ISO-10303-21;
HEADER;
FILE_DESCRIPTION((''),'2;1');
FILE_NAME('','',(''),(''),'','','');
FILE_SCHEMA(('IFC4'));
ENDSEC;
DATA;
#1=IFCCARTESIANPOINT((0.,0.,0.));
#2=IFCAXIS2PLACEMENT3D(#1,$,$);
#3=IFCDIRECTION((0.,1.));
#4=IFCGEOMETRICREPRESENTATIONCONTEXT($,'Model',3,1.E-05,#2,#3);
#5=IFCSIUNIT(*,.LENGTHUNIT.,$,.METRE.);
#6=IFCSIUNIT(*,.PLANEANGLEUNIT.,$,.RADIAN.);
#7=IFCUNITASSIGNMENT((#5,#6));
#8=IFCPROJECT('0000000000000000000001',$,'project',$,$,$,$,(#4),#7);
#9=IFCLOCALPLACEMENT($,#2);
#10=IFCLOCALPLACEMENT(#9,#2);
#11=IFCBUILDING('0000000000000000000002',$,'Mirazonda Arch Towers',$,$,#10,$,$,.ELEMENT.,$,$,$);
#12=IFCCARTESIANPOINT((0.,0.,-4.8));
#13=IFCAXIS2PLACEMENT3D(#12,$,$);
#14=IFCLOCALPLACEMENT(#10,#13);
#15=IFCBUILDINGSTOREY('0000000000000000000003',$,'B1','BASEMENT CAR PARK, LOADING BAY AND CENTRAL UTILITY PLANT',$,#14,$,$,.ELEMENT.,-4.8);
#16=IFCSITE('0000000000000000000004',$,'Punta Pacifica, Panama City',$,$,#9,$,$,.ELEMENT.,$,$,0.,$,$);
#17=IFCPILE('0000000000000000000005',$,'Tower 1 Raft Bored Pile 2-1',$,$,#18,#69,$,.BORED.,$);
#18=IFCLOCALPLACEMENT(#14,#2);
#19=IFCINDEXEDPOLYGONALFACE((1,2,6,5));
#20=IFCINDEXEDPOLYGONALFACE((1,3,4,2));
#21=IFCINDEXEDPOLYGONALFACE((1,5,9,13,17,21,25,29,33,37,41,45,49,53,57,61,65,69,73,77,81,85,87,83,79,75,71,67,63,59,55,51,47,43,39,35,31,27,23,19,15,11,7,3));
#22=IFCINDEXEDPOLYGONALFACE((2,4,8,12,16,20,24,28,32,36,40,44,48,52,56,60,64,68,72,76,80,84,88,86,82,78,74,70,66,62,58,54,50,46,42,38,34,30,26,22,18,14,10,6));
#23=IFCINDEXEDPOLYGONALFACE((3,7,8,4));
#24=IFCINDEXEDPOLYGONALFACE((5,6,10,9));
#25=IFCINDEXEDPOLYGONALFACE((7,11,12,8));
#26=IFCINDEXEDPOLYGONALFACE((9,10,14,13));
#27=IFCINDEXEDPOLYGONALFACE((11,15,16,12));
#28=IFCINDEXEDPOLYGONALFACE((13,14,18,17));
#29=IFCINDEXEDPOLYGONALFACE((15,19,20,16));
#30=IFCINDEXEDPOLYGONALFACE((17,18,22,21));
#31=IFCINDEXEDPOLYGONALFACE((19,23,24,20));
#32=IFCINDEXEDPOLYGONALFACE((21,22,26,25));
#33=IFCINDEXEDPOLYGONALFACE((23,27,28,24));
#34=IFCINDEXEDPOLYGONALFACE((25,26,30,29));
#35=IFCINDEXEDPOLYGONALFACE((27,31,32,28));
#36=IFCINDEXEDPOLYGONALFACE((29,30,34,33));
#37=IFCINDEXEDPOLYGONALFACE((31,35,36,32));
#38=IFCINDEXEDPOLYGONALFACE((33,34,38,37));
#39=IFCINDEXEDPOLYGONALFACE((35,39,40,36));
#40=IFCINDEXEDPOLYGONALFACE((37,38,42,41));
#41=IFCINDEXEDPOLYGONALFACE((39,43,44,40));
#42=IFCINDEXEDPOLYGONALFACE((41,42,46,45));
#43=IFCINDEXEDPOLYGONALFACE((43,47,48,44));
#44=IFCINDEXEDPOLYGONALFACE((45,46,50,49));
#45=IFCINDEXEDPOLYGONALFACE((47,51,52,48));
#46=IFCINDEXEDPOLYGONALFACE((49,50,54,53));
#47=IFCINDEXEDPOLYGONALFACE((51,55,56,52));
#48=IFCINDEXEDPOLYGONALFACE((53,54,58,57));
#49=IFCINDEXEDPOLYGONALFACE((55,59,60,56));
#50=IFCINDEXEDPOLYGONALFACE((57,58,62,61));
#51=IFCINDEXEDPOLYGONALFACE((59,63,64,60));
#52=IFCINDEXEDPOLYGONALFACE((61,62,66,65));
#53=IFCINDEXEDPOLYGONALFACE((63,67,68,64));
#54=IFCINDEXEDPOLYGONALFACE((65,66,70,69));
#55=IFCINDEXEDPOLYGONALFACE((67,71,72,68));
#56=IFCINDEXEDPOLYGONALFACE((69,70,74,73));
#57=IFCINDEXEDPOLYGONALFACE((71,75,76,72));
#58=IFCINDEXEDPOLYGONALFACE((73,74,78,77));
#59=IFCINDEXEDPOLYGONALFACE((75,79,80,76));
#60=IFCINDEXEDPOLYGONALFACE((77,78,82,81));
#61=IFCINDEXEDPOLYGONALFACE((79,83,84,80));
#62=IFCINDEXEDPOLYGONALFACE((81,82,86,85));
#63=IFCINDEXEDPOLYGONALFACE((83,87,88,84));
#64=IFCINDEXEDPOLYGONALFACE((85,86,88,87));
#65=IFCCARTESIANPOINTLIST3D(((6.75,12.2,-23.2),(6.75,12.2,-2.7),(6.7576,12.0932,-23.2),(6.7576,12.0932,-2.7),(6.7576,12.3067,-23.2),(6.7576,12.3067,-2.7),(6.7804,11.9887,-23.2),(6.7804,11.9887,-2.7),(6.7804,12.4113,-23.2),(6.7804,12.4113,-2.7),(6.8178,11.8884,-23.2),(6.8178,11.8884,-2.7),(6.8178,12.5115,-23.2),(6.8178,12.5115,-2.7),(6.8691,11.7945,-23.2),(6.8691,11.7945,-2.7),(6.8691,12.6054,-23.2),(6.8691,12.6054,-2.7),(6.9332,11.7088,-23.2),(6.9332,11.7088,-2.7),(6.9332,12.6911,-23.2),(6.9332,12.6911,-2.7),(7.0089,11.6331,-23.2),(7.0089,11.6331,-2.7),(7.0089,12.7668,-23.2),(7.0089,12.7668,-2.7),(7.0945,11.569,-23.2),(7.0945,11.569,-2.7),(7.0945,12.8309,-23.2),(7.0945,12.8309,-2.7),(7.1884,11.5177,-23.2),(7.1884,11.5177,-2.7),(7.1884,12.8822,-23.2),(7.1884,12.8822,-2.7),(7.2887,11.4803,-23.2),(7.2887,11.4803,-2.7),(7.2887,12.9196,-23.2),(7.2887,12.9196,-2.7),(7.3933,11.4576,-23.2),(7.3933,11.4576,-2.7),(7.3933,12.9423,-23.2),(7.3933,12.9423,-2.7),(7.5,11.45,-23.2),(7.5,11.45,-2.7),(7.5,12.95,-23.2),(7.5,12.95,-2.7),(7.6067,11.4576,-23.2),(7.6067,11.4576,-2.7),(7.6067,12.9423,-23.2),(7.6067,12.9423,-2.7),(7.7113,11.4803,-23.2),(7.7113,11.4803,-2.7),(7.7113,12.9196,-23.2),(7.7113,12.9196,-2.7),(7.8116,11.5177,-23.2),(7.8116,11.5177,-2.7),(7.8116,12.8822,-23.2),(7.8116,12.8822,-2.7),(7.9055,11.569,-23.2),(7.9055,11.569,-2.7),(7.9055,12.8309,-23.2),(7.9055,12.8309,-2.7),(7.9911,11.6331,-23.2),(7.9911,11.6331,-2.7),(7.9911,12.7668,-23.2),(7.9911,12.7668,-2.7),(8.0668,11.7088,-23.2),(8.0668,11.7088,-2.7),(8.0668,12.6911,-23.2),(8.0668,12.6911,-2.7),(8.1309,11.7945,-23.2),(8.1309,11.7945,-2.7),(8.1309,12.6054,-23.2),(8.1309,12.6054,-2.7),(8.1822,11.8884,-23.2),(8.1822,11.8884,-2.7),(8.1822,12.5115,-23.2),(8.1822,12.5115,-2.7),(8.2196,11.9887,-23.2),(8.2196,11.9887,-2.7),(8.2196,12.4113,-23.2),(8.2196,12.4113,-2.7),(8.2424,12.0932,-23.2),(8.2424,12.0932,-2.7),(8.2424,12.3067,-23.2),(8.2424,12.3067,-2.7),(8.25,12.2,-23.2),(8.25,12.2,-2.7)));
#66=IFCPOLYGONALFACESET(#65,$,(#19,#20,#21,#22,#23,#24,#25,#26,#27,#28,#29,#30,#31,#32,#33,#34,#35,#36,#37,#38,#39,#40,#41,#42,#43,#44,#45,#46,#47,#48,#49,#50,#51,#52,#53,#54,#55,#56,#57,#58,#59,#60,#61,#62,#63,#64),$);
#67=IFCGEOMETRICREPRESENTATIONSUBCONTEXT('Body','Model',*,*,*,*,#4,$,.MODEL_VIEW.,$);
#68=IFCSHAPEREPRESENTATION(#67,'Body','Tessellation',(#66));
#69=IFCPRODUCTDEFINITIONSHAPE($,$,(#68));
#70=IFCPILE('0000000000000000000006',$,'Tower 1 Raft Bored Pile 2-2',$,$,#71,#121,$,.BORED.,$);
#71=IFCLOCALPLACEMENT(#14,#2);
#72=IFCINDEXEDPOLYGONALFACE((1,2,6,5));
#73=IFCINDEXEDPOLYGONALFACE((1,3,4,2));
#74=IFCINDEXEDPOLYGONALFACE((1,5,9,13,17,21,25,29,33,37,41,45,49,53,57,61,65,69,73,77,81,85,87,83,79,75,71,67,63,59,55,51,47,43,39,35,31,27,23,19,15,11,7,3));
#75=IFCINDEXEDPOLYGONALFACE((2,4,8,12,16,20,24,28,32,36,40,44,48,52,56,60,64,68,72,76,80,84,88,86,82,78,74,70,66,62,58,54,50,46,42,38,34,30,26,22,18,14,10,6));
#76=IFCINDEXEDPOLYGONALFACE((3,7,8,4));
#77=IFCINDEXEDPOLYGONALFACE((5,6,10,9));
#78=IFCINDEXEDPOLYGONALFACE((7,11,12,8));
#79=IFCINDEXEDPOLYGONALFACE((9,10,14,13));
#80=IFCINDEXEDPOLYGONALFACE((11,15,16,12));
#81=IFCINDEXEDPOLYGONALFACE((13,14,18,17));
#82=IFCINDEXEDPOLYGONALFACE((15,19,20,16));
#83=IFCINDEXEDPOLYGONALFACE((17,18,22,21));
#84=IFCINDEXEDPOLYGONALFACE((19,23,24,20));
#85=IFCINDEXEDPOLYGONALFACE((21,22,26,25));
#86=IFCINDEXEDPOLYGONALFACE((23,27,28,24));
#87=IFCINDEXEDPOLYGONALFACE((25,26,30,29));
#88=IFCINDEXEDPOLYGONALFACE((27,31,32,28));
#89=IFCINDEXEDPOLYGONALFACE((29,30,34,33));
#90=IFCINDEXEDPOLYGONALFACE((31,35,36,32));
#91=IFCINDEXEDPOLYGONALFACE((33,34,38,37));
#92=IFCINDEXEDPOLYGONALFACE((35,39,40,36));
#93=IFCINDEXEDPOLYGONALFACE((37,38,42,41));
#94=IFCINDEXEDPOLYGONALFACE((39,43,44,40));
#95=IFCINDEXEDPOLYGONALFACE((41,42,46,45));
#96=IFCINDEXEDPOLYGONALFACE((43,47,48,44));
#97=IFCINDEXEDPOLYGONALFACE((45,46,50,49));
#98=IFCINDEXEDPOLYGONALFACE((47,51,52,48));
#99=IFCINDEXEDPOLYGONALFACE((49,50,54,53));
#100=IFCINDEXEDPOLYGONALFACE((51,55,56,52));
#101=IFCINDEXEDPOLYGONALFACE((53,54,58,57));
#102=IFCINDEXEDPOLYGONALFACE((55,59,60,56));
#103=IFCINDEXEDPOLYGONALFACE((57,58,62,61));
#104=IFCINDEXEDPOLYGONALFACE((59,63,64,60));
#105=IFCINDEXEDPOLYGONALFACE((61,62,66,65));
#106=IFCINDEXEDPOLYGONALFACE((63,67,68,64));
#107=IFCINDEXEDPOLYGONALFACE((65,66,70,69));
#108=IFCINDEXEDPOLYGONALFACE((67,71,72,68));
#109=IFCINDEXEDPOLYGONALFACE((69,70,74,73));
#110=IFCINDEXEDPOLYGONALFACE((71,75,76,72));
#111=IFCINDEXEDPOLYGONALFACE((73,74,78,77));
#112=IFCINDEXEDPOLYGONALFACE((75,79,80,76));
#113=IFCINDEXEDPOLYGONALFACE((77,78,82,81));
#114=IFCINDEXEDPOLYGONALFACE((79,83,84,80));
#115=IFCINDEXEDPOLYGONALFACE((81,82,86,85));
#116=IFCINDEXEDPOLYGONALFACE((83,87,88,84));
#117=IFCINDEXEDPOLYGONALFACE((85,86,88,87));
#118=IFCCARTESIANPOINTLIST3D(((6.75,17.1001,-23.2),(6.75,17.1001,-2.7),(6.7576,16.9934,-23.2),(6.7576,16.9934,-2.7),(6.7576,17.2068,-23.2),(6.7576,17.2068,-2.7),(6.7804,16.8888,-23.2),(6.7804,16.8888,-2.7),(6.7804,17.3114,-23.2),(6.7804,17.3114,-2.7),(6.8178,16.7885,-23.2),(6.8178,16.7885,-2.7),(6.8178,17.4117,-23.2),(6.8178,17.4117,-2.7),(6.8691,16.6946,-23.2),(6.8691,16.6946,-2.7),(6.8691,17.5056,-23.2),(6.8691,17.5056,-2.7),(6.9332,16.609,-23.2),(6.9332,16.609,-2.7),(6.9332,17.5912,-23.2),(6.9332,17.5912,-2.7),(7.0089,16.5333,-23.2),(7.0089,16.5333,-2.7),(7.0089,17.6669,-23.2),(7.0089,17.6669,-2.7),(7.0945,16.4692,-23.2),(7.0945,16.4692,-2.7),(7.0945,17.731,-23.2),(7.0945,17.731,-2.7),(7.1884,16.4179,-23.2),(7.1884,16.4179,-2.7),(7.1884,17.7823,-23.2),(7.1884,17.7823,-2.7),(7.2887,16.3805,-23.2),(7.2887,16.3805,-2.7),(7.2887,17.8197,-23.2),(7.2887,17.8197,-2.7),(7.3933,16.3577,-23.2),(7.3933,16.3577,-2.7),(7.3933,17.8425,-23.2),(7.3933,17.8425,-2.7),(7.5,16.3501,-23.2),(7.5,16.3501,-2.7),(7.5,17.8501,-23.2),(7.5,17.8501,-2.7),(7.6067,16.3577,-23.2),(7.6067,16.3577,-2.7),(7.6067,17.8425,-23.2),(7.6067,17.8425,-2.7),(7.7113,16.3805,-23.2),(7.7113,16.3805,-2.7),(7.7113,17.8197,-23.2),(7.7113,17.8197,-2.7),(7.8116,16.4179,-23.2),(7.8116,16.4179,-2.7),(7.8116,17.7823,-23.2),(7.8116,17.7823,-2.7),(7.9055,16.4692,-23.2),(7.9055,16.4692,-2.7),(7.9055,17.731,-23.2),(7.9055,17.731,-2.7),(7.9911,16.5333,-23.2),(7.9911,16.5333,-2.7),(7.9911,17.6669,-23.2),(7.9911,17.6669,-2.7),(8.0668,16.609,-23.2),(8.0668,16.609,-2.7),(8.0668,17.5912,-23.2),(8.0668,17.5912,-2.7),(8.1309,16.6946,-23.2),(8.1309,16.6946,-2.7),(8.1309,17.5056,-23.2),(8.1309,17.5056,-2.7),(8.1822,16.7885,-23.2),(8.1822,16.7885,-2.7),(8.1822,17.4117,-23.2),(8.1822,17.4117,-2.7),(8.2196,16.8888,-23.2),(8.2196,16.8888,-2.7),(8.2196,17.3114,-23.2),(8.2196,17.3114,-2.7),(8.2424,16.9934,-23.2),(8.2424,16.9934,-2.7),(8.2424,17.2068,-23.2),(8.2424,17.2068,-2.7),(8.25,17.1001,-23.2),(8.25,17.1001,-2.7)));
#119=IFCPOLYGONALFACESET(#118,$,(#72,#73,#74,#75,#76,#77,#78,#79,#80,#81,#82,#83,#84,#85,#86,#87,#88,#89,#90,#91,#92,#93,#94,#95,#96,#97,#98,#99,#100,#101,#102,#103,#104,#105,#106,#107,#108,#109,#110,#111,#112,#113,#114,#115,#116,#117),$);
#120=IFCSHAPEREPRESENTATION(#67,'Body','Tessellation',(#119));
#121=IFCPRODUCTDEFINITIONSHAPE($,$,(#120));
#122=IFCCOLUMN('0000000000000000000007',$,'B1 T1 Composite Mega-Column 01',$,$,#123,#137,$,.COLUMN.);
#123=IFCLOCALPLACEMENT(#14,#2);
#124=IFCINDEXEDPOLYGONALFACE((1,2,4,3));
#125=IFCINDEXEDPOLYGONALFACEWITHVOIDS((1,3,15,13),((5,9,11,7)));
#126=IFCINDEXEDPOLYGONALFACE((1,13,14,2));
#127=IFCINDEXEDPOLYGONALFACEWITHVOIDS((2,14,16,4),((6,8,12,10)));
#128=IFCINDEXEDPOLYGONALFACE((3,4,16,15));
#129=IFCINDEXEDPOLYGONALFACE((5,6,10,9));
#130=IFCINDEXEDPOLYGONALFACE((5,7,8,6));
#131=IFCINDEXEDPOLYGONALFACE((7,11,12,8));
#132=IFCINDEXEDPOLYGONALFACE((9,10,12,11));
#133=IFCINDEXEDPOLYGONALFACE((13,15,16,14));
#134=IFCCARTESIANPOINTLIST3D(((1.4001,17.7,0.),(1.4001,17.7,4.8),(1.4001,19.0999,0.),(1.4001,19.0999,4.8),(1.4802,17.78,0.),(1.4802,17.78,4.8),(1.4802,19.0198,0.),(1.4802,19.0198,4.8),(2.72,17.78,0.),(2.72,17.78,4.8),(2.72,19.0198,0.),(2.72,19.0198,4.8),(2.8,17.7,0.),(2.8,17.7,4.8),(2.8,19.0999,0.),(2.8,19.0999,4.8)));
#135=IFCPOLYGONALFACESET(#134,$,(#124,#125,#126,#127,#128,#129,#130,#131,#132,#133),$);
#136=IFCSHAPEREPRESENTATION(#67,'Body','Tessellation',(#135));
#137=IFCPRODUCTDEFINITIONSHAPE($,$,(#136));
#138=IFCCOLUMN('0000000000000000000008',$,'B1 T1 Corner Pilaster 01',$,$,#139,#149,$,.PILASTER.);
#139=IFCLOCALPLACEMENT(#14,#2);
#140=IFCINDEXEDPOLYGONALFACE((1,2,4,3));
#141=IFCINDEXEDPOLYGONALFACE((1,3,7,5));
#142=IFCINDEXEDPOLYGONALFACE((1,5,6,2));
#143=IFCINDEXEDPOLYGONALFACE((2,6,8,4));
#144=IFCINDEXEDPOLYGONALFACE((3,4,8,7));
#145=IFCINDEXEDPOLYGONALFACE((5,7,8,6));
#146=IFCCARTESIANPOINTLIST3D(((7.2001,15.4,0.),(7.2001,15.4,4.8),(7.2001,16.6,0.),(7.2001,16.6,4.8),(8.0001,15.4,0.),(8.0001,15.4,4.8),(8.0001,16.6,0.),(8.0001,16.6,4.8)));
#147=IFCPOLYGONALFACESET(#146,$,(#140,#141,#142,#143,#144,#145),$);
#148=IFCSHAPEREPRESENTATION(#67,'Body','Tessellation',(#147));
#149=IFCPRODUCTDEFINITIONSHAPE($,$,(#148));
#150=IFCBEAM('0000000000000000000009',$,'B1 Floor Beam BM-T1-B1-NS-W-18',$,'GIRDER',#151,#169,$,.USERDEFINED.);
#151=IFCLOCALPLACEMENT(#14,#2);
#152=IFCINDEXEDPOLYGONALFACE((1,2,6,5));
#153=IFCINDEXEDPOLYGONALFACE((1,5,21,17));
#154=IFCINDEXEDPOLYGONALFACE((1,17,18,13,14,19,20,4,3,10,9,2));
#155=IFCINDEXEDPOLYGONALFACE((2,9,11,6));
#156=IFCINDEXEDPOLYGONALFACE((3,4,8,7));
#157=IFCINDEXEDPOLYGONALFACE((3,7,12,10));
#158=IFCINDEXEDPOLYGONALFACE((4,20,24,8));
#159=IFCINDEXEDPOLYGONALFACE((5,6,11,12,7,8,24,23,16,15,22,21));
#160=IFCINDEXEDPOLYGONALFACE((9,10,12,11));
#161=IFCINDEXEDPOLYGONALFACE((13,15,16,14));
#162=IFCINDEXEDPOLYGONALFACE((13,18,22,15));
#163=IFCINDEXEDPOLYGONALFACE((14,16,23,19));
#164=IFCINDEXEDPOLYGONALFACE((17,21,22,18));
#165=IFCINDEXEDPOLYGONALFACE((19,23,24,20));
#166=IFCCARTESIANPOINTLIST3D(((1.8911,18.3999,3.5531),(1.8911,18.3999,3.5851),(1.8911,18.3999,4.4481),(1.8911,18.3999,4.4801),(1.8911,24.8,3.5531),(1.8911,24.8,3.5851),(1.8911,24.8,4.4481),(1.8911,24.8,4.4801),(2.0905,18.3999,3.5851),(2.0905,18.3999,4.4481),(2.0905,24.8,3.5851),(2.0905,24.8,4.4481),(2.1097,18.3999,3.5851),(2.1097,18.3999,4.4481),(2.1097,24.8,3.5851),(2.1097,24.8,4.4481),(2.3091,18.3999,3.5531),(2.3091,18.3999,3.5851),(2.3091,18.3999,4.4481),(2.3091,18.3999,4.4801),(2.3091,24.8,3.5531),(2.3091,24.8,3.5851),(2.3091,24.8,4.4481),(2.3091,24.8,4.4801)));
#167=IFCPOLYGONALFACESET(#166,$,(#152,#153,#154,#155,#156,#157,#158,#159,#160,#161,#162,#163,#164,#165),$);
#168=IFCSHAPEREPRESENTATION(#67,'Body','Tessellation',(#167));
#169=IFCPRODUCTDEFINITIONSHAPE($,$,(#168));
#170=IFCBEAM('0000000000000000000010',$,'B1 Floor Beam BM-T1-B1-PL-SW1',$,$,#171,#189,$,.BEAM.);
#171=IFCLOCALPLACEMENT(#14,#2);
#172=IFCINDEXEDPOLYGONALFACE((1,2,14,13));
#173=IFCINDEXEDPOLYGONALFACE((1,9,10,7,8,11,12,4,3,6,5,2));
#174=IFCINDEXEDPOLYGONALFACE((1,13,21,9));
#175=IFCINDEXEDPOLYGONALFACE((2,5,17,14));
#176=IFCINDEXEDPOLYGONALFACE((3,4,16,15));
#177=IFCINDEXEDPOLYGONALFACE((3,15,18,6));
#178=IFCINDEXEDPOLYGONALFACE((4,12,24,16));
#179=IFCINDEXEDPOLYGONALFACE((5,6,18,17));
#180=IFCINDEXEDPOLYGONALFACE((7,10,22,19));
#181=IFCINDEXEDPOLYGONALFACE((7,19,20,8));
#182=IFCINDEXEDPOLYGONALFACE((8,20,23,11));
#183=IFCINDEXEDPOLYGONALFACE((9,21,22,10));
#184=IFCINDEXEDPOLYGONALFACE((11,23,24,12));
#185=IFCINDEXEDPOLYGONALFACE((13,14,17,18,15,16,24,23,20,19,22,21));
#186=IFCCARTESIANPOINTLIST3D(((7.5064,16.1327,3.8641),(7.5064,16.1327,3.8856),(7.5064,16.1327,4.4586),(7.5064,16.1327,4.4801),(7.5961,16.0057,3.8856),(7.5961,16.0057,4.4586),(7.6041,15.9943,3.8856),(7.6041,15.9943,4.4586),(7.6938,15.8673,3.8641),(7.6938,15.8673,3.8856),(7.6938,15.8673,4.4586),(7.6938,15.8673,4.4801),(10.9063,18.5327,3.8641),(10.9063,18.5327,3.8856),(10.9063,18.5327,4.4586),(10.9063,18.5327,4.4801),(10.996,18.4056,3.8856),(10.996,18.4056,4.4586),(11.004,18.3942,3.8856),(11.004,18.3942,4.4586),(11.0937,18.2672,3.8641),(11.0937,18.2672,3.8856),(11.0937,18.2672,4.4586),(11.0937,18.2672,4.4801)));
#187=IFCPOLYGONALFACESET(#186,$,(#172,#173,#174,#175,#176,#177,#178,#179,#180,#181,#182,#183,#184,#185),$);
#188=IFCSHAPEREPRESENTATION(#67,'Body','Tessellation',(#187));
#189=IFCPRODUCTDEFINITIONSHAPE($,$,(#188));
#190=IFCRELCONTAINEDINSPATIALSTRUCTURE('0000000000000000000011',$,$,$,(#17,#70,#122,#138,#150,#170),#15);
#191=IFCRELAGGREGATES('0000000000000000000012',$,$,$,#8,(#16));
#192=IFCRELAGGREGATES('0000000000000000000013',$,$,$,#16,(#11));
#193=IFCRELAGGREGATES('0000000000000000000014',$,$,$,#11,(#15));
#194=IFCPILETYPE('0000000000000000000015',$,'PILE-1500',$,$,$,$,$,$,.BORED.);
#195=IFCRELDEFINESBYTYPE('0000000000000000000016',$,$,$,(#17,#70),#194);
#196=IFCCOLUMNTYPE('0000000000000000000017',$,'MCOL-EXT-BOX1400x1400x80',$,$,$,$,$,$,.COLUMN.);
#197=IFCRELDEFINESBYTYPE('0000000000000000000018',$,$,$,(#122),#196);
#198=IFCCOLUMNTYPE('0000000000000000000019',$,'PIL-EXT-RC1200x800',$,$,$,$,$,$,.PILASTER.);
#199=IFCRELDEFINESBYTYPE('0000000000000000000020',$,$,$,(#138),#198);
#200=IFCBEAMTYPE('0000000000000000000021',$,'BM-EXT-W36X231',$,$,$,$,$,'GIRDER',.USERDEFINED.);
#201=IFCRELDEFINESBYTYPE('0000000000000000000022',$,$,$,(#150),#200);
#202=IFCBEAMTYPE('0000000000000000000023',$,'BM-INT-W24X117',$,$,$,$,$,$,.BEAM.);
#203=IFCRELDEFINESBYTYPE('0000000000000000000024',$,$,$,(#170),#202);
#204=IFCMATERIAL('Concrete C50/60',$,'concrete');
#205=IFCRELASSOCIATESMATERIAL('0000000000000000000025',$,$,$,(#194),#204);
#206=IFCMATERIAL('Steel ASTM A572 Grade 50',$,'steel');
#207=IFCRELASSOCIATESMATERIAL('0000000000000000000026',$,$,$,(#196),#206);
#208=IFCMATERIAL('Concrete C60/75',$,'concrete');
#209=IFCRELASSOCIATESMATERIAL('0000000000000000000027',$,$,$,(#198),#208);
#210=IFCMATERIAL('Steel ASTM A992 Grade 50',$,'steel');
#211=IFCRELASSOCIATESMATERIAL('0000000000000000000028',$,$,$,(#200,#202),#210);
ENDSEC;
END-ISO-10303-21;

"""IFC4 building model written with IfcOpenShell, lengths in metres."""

from ifc_helpers import new_model, si_unit, direction, frame, origin, origin_2d, place, context, subcontext, project, spatial, rectangle, hollow_rectangle, circle, i_section, extrude, material, material_profile, profile_set, type_object, element, save


model = new_model("IFC4")

# Units and contexts
model_context = context("Model", 3, precision=1e-05, world=origin(), true_north=direction((0.0, 1.0)))
body_context = subcontext(model_context, "Body", "Model", "MODEL_VIEW")
ifc_project = project(units=[si_unit("LENGTHUNIT", "METRE"), si_unit("PLANEANGLEUNIT", "RADIAN")], contexts=[model_context])

# Site, building, storey
site_placement = place(None, origin())
site = spatial("IfcSite", under=ifc_project, at=site_placement, Name="Punta Pacifica, Panama City", CompositionType="ELEMENT", RefElevation=0.0)
building_placement = place(site_placement, origin())
building = spatial("IfcBuilding", under=site, at=building_placement, Name="Mirazonda Arch Towers", CompositionType="ELEMENT")
storey_placement = place(building_placement, frame((0.0, 0.0, -4.8)))
storey = spatial("IfcBuildingStorey", under=building, at=storey_placement, Name="B1", Description="BASEMENT CAR PARK, LOADING BAY AND CENTRAL UTILITY PLANT", CompositionType="ELEMENT", Elevation=-4.8)

# Piles
ifc_material_1 = material(Name="Concrete C50/60", Category="concrete")
ifc_material_profile_1 = material_profile(ifc_material_1, circle(Radius=0.75, at=origin_2d()), Name="BORED-D1500")
ifc_profile_set_1 = profile_set([ifc_material_profile_1], Name="Concrete C50/60")
pile_type_1 = type_object("IfcPileType", Name="PILE-1500", PredefinedType="BORED", material=ifc_profile_set_1)
for number, where, z_axis, x_axis, name in (
    (1, (7.5, 12.2, -2.7), (0.0, 0.0, -1.0), (1.0, 0.0, 0.0), "Tower 1 Raft Bored Pile 2-1"),
    (2, (7.5, 17.1001, -2.7), (0.0, 0.0, -1.0), (1.0, 0.0, 0.0), "Tower 1 Raft Bored Pile 2-2"),
):
    element("IfcPile", number, at=place(storey_placement, frame(where, z_axis=z_axis, x_axis=x_axis)), inside=storey, type_object=pile_type_1, Name=name, PredefinedType="BORED", context=body_context, shape_type="SweptSolid", body=[
        extrude(circle(Radius=0.75, at=origin_2d()), origin(), (0.0, 0.0, 1.0), 20.5),
    ])

# Columns
ifc_material_2 = material(Name="Steel ASTM A572 Grade 50", Category="steel")
ifc_material_profile_2 = material_profile(ifc_material_2, hollow_rectangle(XDim=1.3999, YDim=1.3999, WallThickness=0.0801, at=origin_2d()), Name="BOX1400x1400x80")
ifc_profile_set_2 = profile_set([ifc_material_profile_2], Name="Steel ASTM A572 Grade 50")
column_type_1 = type_object("IfcColumnType", Name="MCOL-EXT-BOX1400x1400x80", PredefinedType="COLUMN", material=ifc_profile_set_2)
column_1_placement = place(storey_placement, frame((2.1001, 18.3999, 0.0), z_axis=(0.0, 0.0, 1.0), x_axis=(1.0, 0.0, 0.0)))
element("IfcColumn", 3, at=column_1_placement, inside=storey, type_object=column_type_1, Name="B1 T1 Composite Mega-Column 01", PredefinedType="COLUMN", context=body_context, shape_type="SweptSolid", body=[
    extrude(hollow_rectangle(XDim=1.3999, YDim=1.3999, WallThickness=0.0801, at=origin_2d()), origin(), (0.0, 0.0, 1.0), 4.8),
])
ifc_material_3 = material(Name="Concrete C60/75", Category="concrete")
ifc_material_profile_3 = material_profile(ifc_material_3, rectangle(XDim=0.8, YDim=1.2, at=origin_2d()), Name="RC1200x800")
ifc_profile_set_3 = profile_set([ifc_material_profile_3], Name="Concrete C60/75")
column_type_2 = type_object("IfcColumnType", Name="PIL-EXT-RC1200x800", PredefinedType="PILASTER", material=ifc_profile_set_3)
column_2_placement = place(storey_placement, frame((7.6001, 16.0, 0.0), z_axis=(0.0, 0.0, 1.0), x_axis=(1.0, 0.0, 0.0)))
element("IfcColumn", 4, at=column_2_placement, inside=storey, type_object=column_type_2, Name="B1 T1 Corner Pilaster 01", PredefinedType="PILASTER", context=body_context, shape_type="SweptSolid", body=[
    extrude(rectangle(XDim=0.8, YDim=1.2, at=origin_2d()), origin(), (0.0, 0.0, 1.0), 4.8),
])

# Beams
ifc_material_4 = material(Name="Steel ASTM A992 Grade 50", Category="steel")
ifc_material_profile_4 = material_profile(ifc_material_4, i_section(OverallWidth=0.418, OverallDepth=0.927, WebThickness=0.0193, FlangeThickness=0.032, at=origin_2d()), Name="W36X231")
ifc_profile_set_4 = profile_set([ifc_material_profile_4], Name="Steel ASTM A992 Grade 50")
beam_type_1 = type_object("IfcBeamType", Name="BM-EXT-W36X231", ElementType="GIRDER", PredefinedType="USERDEFINED", material=ifc_profile_set_4)
beam_1_placement = place(storey_placement, frame((2.1001, 18.3999, 4.0166), z_axis=(0.0, 1.0, 0.0), x_axis=(-1.0, 0.0, 0.0)))
element("IfcBeam", 5, at=beam_1_placement, inside=storey, type_object=beam_type_1, Name="B1 Floor Beam BM-T1-B1-NS-W-18", ObjectType="GIRDER", PredefinedType="USERDEFINED", context=body_context, shape_type="SweptSolid", body=[
    extrude(i_section(OverallWidth=0.418, OverallDepth=0.927, WebThickness=0.0193, FlangeThickness=0.032, at=origin_2d()), origin(), (0.0, 0.0, 1.0), 6.4001),
])
ifc_material_profile_5 = material_profile(ifc_material_4, i_section(OverallWidth=0.325, OverallDepth=0.616, WebThickness=0.0139, FlangeThickness=0.0215, at=origin_2d()), Name="W24X117")
ifc_profile_set_5 = profile_set([ifc_material_profile_5], Name="Steel ASTM A992 Grade 50")
beam_type_2 = type_object("IfcBeamType", Name="BM-INT-W24X117", PredefinedType="BEAM", material=ifc_profile_set_5)
beam_2_placement = place(storey_placement, frame((7.6001, 16.0, 4.1721), z_axis=(0.816971, 0.576679, 0.0), x_axis=(-0.576679, 0.816971, 0.0)))
element("IfcBeam", 6, at=beam_2_placement, inside=storey, type_object=beam_type_2, Name="B1 Floor Beam BM-T1-B1-PL-SW1", PredefinedType="BEAM", context=body_context, shape_type="SweptSolid", body=[
    extrude(i_section(OverallWidth=0.325, OverallDepth=0.616, WebThickness=0.0139, FlangeThickness=0.0215, at=origin_2d()), origin(), (0.0, 0.0, 1.0), 4.1616),
])

save(model, "model.ifc")
